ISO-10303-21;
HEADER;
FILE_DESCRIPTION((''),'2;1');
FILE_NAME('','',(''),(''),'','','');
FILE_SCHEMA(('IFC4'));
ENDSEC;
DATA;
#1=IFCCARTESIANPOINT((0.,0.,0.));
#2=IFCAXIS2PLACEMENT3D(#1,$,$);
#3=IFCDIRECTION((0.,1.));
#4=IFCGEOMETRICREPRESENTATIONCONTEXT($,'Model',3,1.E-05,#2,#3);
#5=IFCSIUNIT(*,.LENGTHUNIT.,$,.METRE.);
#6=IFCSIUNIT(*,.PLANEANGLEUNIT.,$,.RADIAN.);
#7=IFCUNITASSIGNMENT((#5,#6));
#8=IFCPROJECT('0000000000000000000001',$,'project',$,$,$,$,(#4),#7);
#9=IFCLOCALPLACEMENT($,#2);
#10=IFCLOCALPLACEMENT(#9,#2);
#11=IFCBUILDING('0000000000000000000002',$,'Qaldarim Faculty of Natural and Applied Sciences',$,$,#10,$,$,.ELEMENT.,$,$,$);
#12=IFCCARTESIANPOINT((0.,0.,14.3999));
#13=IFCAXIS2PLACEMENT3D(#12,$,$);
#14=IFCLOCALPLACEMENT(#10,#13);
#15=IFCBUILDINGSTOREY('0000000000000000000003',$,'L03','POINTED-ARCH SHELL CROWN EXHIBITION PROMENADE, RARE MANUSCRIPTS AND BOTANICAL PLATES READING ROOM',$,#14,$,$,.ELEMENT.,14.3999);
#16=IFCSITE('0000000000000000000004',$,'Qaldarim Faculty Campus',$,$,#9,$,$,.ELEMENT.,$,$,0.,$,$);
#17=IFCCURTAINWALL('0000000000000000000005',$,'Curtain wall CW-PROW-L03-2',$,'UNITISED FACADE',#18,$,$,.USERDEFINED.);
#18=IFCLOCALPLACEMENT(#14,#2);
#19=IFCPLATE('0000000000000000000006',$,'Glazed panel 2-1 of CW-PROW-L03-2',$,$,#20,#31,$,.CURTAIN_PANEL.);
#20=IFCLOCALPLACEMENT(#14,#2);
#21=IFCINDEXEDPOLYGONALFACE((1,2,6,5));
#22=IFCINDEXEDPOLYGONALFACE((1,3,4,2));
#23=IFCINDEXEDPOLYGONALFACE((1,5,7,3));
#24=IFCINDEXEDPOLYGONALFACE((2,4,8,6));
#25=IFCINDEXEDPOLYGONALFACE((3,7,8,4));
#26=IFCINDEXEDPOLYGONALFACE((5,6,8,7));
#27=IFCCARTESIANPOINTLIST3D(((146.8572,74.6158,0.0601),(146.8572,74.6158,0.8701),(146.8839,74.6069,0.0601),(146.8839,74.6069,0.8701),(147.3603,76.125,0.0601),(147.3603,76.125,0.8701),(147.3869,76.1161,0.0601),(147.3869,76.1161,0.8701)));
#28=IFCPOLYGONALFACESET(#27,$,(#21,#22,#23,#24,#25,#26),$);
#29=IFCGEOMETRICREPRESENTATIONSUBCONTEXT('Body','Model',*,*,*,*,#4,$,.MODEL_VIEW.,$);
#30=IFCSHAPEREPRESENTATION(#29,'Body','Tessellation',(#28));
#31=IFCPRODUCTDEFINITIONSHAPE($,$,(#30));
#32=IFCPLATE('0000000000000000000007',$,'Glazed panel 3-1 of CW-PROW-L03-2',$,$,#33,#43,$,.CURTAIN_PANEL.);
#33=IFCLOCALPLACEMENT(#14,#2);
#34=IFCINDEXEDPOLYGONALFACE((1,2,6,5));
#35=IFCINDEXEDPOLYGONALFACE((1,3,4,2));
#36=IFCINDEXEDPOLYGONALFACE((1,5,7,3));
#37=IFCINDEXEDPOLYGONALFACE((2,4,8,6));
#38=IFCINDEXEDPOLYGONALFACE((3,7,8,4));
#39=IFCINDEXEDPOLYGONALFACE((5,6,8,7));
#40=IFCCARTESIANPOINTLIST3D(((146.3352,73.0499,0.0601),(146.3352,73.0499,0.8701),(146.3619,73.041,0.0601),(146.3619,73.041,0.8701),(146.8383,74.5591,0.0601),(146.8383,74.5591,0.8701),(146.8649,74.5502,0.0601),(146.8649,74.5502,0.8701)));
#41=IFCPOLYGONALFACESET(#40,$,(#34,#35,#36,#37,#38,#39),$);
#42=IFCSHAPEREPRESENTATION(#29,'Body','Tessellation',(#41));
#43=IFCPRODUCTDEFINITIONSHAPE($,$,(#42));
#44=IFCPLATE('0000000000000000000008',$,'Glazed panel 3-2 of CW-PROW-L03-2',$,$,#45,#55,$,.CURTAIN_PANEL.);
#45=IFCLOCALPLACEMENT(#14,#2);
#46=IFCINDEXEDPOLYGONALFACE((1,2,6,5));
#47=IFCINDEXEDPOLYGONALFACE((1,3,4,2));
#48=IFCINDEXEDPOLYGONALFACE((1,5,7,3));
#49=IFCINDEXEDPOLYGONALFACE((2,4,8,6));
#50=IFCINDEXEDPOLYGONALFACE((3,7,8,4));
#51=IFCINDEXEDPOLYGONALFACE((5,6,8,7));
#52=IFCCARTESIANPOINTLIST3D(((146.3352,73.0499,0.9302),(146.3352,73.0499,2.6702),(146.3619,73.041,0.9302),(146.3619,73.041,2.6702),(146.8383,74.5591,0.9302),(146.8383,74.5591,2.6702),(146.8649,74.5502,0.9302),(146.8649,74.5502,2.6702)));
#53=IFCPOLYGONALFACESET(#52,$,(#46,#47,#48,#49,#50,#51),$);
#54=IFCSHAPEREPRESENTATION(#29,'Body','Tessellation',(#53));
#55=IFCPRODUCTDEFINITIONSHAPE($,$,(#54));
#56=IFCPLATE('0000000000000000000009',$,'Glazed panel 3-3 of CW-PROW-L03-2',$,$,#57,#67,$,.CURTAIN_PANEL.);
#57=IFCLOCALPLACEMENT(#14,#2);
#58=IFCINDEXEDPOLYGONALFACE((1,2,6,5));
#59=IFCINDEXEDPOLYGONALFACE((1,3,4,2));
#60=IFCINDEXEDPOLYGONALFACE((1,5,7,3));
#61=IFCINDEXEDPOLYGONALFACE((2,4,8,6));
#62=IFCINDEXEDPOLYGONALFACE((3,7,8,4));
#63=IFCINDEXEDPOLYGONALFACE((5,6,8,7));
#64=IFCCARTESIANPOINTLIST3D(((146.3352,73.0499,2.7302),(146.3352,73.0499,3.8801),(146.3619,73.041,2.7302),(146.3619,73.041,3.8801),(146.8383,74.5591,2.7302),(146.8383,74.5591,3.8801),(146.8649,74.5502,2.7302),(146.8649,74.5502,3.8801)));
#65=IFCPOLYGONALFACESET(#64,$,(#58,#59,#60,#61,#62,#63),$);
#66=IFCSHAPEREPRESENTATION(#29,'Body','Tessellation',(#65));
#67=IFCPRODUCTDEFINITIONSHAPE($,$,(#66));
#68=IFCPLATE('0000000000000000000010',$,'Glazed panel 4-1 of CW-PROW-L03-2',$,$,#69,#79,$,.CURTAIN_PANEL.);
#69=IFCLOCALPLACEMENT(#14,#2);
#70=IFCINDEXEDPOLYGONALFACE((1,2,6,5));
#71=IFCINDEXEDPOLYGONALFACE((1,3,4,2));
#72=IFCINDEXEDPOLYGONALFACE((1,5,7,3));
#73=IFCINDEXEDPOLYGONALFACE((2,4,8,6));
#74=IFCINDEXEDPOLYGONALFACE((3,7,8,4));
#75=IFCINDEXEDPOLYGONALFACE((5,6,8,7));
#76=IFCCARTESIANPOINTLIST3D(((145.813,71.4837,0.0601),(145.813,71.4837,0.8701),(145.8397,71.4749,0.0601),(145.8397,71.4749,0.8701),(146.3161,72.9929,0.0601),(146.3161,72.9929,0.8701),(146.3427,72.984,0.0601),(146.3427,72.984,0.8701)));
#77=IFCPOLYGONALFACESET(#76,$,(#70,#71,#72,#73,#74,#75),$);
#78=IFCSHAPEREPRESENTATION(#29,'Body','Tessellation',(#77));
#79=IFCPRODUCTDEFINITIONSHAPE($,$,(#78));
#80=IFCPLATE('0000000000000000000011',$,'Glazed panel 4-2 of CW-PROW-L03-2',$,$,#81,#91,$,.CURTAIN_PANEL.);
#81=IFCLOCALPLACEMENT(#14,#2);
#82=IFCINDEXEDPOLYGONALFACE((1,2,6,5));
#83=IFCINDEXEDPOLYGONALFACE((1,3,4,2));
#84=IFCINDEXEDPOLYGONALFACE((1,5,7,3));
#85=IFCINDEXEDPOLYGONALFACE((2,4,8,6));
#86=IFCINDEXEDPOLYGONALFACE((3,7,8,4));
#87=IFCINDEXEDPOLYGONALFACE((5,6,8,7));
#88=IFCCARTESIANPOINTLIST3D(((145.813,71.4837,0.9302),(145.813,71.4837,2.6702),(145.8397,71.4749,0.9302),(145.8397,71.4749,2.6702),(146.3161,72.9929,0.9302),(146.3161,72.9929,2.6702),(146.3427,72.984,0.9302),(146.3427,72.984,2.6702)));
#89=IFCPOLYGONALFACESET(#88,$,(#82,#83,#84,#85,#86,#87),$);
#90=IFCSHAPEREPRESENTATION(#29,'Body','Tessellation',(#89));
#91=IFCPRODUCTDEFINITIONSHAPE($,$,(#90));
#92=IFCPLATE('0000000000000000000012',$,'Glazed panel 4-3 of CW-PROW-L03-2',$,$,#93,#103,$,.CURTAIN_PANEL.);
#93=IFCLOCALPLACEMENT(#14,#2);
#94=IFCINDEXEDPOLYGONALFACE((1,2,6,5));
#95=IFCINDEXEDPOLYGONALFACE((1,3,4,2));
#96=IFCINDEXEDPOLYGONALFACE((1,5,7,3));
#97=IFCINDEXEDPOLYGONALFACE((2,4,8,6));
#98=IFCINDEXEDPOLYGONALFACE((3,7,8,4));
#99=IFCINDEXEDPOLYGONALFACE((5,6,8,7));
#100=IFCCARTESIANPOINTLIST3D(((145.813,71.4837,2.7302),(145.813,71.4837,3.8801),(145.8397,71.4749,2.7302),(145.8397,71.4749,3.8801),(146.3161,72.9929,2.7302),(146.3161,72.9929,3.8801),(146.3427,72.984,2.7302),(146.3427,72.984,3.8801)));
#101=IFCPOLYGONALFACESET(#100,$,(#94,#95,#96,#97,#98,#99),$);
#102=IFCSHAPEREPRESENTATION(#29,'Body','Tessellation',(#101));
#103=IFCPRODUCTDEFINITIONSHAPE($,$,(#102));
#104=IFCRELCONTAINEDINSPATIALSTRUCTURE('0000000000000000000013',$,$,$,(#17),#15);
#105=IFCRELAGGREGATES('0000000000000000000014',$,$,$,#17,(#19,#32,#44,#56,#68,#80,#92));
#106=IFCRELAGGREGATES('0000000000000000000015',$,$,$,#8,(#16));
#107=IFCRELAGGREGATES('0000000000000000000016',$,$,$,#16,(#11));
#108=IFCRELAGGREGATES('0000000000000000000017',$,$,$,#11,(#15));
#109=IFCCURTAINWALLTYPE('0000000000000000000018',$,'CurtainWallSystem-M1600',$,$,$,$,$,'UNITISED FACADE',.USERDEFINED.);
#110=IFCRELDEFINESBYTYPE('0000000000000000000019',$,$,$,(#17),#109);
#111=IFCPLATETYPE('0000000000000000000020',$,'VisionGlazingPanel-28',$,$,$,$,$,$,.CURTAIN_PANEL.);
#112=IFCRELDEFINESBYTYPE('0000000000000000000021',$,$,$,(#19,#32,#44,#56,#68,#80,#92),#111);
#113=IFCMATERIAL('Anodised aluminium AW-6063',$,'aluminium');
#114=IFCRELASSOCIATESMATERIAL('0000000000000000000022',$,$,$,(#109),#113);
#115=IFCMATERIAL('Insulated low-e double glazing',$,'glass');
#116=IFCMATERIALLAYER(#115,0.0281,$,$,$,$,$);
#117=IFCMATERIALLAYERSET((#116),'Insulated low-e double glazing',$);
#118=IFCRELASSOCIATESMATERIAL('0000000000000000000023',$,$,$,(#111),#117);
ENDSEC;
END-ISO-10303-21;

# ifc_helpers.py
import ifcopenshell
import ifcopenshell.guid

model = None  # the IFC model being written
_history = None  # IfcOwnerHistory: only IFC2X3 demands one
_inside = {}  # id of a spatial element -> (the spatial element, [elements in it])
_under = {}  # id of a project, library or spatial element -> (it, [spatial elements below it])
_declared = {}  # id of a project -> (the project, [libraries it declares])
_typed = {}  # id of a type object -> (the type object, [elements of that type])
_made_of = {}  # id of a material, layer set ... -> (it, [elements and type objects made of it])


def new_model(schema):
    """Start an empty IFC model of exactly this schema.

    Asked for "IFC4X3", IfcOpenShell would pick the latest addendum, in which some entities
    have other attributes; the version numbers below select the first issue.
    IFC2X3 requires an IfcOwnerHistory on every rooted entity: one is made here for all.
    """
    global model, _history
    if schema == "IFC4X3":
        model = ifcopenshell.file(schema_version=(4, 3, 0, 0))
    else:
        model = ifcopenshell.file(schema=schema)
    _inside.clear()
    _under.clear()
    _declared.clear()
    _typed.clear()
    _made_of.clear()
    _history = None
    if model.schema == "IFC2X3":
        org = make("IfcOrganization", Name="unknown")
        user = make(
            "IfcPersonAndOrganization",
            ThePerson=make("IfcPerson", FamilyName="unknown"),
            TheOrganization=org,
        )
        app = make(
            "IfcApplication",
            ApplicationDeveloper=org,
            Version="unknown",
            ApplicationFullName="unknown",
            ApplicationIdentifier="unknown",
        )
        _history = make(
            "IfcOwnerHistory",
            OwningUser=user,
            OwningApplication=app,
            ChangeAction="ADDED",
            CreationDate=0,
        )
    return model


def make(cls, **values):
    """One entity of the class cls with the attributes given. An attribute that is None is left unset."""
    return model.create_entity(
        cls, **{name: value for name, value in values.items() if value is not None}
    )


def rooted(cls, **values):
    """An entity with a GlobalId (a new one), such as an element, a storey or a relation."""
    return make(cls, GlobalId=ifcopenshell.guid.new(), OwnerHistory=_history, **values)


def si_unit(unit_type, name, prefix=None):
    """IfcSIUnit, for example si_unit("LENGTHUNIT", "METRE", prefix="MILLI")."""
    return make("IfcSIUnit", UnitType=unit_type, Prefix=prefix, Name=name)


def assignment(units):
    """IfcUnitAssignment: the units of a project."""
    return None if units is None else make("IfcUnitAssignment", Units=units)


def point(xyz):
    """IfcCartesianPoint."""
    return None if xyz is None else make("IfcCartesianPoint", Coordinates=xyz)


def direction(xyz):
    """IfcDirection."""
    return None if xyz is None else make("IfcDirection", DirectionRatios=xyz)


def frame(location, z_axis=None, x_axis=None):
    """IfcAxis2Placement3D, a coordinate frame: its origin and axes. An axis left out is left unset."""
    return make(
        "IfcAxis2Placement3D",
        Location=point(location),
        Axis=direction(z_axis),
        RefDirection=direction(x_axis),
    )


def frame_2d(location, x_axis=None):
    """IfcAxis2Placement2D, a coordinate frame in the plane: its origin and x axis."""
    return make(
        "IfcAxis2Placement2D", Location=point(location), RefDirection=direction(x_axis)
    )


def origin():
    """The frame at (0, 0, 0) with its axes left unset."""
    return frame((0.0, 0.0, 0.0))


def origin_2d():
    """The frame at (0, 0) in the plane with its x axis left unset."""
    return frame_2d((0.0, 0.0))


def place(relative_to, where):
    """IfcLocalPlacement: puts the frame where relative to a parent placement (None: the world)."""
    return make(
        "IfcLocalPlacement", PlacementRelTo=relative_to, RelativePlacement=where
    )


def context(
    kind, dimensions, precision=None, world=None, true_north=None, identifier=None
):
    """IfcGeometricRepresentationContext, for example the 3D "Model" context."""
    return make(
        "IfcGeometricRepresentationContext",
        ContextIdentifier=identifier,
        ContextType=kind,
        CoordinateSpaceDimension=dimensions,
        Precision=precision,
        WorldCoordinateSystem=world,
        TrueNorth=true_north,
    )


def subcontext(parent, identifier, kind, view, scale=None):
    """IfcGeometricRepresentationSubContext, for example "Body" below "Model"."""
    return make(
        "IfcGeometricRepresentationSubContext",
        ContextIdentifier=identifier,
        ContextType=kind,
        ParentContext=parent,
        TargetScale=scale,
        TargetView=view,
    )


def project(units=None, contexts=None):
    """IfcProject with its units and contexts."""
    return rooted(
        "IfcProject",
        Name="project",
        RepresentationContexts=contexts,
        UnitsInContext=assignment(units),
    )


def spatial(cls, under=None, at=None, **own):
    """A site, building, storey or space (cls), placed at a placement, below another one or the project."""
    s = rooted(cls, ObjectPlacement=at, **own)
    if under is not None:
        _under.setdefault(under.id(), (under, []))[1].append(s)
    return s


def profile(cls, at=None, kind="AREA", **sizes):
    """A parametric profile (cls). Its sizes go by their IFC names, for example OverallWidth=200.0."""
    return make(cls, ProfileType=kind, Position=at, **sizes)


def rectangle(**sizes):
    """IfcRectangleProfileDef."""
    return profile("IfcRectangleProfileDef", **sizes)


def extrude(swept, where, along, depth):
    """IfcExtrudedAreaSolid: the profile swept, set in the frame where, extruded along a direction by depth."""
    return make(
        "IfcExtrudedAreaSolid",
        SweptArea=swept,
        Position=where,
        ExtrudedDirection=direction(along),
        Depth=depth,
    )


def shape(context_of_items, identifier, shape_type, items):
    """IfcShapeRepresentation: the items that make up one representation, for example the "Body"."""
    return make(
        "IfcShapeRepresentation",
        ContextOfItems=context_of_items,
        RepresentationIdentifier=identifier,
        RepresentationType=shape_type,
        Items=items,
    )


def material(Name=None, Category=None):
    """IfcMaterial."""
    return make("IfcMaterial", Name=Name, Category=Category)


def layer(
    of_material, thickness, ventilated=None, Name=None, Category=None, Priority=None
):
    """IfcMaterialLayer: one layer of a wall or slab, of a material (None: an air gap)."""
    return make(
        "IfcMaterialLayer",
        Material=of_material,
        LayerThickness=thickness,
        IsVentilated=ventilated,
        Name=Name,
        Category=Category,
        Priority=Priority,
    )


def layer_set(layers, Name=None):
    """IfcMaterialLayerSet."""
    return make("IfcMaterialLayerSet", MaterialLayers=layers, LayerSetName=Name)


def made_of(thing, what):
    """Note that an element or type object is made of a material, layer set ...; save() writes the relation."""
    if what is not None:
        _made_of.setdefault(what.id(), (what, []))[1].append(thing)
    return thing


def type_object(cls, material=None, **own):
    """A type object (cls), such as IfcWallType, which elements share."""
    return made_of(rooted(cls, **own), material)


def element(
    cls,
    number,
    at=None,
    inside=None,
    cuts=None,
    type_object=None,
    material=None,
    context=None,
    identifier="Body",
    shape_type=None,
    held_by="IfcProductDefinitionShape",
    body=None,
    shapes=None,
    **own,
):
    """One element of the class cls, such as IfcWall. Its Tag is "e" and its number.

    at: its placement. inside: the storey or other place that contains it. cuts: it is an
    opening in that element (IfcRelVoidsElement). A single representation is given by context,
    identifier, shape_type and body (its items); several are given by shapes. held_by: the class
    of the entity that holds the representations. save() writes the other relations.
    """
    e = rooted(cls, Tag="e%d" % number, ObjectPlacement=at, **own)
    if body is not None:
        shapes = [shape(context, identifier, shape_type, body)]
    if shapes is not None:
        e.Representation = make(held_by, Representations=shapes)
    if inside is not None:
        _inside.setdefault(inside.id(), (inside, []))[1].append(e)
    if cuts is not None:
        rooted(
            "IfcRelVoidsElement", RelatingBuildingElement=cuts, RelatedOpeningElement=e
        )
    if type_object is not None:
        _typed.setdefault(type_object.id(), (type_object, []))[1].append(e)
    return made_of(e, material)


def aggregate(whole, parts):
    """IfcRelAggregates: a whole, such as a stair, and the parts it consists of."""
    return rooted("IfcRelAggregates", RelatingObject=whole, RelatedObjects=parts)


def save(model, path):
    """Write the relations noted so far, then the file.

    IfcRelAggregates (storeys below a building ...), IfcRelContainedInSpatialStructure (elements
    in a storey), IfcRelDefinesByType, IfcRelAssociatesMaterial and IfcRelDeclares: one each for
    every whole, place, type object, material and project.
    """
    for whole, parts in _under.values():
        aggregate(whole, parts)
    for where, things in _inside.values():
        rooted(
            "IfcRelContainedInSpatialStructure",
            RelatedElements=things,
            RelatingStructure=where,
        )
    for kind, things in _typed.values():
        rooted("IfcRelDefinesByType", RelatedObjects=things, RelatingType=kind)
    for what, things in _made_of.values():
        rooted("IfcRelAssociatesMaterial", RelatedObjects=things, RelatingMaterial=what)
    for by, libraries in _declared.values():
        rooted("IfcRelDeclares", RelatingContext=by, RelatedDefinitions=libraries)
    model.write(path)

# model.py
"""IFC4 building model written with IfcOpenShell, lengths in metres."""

from ifc_helpers import new_model, si_unit, direction, frame, origin, origin_2d, place, context, subcontext, project, spatial, rectangle, extrude, material, layer, layer_set, type_object, element, aggregate, save


model = new_model("IFC4")

# Units and contexts
model_context = context("Model", 3, precision=1e-05, world=origin(), true_north=direction((0.0, 1.0)))
body_context = subcontext(model_context, "Body", "Model", "MODEL_VIEW")
ifc_project = project(units=[si_unit("LENGTHUNIT", "METRE"), si_unit("PLANEANGLEUNIT", "RADIAN")], contexts=[model_context])

# Site, building, storey
site_placement = place(None, origin())
site = spatial("IfcSite", under=ifc_project, at=site_placement, Name="Qaldarim Faculty Campus", CompositionType="ELEMENT", RefElevation=0.0)
building_placement = place(site_placement, origin())
building = spatial("IfcBuilding", under=site, at=building_placement, Name="Qaldarim Faculty of Natural and Applied Sciences", CompositionType="ELEMENT")
storey_placement = place(building_placement, frame((0.0, 0.0, 14.3999)))
storey = spatial("IfcBuildingStorey", under=building, at=storey_placement, Name="L03", Description="POINTED-ARCH SHELL CROWN EXHIBITION PROMENADE, RARE MANUSCRIPTS AND BOTANICAL PLATES READING ROOM", CompositionType="ELEMENT", Elevation=14.3999)

# Curtain wall, plates
ifc_material_1 = material(Name="Anodised aluminium AW-6063", Category="aluminium")
curtain_wall_type = type_object("IfcCurtainWallType", Name="CurtainWallSystem-M1600", ElementType="UNITISED FACADE", PredefinedType="USERDEFINED", material=ifc_material_1)
curtain_wall_placement = place(storey_placement, origin())
curtain_wall = element("IfcCurtainWall", 1, at=curtain_wall_placement, inside=storey, type_object=curtain_wall_type, Name="Curtain wall CW-PROW-L03-2", ObjectType="UNITISED FACADE", PredefinedType="USERDEFINED")
ifc_material_2 = material(Name="Insulated low-e double glazing", Category="glass")
ifc_layer = layer(ifc_material_2, 0.0281)
ifc_layer_set = layer_set([ifc_layer], Name="Insulated low-e double glazing")
plate_type = type_object("IfcPlateType", Name="VisionGlazingPanel-28", PredefinedType="CURTAIN_PANEL", material=ifc_layer_set)
plate_1_placement = place(storey_placement, frame((147.1221, 75.366, 0.0601), z_axis=(0.0, 0.0, 1.0), x_axis=(-0.316229, -0.948683, 0.0)))
plate_1 = element("IfcPlate", 2, at=plate_1_placement, type_object=plate_type, Name="Glazed panel 2-1 of CW-PROW-L03-2", PredefinedType="CURTAIN_PANEL", context=body_context, shape_type="SweptSolid", body=[
    extrude(rectangle(XDim=1.5908, YDim=0.0281, at=origin_2d()), origin(), (0.0, 0.0, 1.0), 0.8101),
])
plate_2_placement = place(storey_placement, frame((146.6001, 73.8, 0.0601), z_axis=(0.0, 0.0, 1.0), x_axis=(-0.316229, -0.948683, 0.0)))
plate_2 = element("IfcPlate", 3, at=plate_2_placement, type_object=plate_type, Name="Glazed panel 3-1 of CW-PROW-L03-2", PredefinedType="CURTAIN_PANEL", context=body_context, shape_type="SweptSolid", body=[
    extrude(rectangle(XDim=1.5908, YDim=0.0281, at=origin_2d()), origin(), (0.0, 0.0, 1.0), 0.8101),
])
plate_3_placement = place(storey_placement, frame((146.6001, 73.8, 0.9302), z_axis=(0.0, 0.0, 1.0), x_axis=(-0.316229, -0.948683, 0.0)))
plate_3 = element("IfcPlate", 4, at=plate_3_placement, type_object=plate_type, Name="Glazed panel 3-2 of CW-PROW-L03-2", PredefinedType="CURTAIN_PANEL", context=body_context, shape_type="SweptSolid", body=[
    extrude(rectangle(XDim=1.5908, YDim=0.0281, at=origin_2d()), origin(), (0.0, 0.0, 1.0), 1.74),
])
plate_4_placement = place(storey_placement, frame((146.6001, 73.8, 2.7302), z_axis=(0.0, 0.0, 1.0), x_axis=(-0.316229, -0.948683, 0.0)))
plate_4 = element("IfcPlate", 5, at=plate_4_placement, type_object=plate_type, Name="Glazed panel 3-3 of CW-PROW-L03-2", PredefinedType="CURTAIN_PANEL", context=body_context, shape_type="SweptSolid", body=[
    extrude(rectangle(XDim=1.5908, YDim=0.0281, at=origin_2d()), origin(), (0.0, 0.0, 1.0), 1.1499),
])
plate_5_placement = place(storey_placement, frame((146.0779, 72.2339, 0.0601), z_axis=(0.0, 0.0, 1.0), x_axis=(-0.316229, -0.948683, 0.0)))
plate_5 = element("IfcPlate", 6, at=plate_5_placement, type_object=plate_type, Name="Glazed panel 4-1 of CW-PROW-L03-2", PredefinedType="CURTAIN_PANEL", context=body_context, shape_type="SweptSolid", body=[
    extrude(rectangle(XDim=1.5908, YDim=0.0281, at=origin_2d()), origin(), (0.0, 0.0, 1.0), 0.8101),
])
plate_6_placement = place(storey_placement, frame((146.0779, 72.2339, 0.9302), z_axis=(0.0, 0.0, 1.0), x_axis=(-0.316229, -0.948683, 0.0)))
plate_6 = element("IfcPlate", 7, at=plate_6_placement, type_object=plate_type, Name="Glazed panel 4-2 of CW-PROW-L03-2", PredefinedType="CURTAIN_PANEL", context=body_context, shape_type="SweptSolid", body=[
    extrude(rectangle(XDim=1.5908, YDim=0.0281, at=origin_2d()), origin(), (0.0, 0.0, 1.0), 1.74),
])
plate_7_placement = place(storey_placement, frame((146.0779, 72.2339, 2.7302), z_axis=(0.0, 0.0, 1.0), x_axis=(-0.316229, -0.948683, 0.0)))
plate_7 = element("IfcPlate", 8, at=plate_7_placement, type_object=plate_type, Name="Glazed panel 4-3 of CW-PROW-L03-2", PredefinedType="CURTAIN_PANEL", context=body_context, shape_type="SweptSolid", body=[
    extrude(rectangle(XDim=1.5908, YDim=0.0281, at=origin_2d()), origin(), (0.0, 0.0, 1.0), 1.1499),
])
aggregate(curtain_wall, [plate_1, plate_2, plate_3, plate_4, plate_5, plate_6, plate_7])

save(model, "model.ifc")
